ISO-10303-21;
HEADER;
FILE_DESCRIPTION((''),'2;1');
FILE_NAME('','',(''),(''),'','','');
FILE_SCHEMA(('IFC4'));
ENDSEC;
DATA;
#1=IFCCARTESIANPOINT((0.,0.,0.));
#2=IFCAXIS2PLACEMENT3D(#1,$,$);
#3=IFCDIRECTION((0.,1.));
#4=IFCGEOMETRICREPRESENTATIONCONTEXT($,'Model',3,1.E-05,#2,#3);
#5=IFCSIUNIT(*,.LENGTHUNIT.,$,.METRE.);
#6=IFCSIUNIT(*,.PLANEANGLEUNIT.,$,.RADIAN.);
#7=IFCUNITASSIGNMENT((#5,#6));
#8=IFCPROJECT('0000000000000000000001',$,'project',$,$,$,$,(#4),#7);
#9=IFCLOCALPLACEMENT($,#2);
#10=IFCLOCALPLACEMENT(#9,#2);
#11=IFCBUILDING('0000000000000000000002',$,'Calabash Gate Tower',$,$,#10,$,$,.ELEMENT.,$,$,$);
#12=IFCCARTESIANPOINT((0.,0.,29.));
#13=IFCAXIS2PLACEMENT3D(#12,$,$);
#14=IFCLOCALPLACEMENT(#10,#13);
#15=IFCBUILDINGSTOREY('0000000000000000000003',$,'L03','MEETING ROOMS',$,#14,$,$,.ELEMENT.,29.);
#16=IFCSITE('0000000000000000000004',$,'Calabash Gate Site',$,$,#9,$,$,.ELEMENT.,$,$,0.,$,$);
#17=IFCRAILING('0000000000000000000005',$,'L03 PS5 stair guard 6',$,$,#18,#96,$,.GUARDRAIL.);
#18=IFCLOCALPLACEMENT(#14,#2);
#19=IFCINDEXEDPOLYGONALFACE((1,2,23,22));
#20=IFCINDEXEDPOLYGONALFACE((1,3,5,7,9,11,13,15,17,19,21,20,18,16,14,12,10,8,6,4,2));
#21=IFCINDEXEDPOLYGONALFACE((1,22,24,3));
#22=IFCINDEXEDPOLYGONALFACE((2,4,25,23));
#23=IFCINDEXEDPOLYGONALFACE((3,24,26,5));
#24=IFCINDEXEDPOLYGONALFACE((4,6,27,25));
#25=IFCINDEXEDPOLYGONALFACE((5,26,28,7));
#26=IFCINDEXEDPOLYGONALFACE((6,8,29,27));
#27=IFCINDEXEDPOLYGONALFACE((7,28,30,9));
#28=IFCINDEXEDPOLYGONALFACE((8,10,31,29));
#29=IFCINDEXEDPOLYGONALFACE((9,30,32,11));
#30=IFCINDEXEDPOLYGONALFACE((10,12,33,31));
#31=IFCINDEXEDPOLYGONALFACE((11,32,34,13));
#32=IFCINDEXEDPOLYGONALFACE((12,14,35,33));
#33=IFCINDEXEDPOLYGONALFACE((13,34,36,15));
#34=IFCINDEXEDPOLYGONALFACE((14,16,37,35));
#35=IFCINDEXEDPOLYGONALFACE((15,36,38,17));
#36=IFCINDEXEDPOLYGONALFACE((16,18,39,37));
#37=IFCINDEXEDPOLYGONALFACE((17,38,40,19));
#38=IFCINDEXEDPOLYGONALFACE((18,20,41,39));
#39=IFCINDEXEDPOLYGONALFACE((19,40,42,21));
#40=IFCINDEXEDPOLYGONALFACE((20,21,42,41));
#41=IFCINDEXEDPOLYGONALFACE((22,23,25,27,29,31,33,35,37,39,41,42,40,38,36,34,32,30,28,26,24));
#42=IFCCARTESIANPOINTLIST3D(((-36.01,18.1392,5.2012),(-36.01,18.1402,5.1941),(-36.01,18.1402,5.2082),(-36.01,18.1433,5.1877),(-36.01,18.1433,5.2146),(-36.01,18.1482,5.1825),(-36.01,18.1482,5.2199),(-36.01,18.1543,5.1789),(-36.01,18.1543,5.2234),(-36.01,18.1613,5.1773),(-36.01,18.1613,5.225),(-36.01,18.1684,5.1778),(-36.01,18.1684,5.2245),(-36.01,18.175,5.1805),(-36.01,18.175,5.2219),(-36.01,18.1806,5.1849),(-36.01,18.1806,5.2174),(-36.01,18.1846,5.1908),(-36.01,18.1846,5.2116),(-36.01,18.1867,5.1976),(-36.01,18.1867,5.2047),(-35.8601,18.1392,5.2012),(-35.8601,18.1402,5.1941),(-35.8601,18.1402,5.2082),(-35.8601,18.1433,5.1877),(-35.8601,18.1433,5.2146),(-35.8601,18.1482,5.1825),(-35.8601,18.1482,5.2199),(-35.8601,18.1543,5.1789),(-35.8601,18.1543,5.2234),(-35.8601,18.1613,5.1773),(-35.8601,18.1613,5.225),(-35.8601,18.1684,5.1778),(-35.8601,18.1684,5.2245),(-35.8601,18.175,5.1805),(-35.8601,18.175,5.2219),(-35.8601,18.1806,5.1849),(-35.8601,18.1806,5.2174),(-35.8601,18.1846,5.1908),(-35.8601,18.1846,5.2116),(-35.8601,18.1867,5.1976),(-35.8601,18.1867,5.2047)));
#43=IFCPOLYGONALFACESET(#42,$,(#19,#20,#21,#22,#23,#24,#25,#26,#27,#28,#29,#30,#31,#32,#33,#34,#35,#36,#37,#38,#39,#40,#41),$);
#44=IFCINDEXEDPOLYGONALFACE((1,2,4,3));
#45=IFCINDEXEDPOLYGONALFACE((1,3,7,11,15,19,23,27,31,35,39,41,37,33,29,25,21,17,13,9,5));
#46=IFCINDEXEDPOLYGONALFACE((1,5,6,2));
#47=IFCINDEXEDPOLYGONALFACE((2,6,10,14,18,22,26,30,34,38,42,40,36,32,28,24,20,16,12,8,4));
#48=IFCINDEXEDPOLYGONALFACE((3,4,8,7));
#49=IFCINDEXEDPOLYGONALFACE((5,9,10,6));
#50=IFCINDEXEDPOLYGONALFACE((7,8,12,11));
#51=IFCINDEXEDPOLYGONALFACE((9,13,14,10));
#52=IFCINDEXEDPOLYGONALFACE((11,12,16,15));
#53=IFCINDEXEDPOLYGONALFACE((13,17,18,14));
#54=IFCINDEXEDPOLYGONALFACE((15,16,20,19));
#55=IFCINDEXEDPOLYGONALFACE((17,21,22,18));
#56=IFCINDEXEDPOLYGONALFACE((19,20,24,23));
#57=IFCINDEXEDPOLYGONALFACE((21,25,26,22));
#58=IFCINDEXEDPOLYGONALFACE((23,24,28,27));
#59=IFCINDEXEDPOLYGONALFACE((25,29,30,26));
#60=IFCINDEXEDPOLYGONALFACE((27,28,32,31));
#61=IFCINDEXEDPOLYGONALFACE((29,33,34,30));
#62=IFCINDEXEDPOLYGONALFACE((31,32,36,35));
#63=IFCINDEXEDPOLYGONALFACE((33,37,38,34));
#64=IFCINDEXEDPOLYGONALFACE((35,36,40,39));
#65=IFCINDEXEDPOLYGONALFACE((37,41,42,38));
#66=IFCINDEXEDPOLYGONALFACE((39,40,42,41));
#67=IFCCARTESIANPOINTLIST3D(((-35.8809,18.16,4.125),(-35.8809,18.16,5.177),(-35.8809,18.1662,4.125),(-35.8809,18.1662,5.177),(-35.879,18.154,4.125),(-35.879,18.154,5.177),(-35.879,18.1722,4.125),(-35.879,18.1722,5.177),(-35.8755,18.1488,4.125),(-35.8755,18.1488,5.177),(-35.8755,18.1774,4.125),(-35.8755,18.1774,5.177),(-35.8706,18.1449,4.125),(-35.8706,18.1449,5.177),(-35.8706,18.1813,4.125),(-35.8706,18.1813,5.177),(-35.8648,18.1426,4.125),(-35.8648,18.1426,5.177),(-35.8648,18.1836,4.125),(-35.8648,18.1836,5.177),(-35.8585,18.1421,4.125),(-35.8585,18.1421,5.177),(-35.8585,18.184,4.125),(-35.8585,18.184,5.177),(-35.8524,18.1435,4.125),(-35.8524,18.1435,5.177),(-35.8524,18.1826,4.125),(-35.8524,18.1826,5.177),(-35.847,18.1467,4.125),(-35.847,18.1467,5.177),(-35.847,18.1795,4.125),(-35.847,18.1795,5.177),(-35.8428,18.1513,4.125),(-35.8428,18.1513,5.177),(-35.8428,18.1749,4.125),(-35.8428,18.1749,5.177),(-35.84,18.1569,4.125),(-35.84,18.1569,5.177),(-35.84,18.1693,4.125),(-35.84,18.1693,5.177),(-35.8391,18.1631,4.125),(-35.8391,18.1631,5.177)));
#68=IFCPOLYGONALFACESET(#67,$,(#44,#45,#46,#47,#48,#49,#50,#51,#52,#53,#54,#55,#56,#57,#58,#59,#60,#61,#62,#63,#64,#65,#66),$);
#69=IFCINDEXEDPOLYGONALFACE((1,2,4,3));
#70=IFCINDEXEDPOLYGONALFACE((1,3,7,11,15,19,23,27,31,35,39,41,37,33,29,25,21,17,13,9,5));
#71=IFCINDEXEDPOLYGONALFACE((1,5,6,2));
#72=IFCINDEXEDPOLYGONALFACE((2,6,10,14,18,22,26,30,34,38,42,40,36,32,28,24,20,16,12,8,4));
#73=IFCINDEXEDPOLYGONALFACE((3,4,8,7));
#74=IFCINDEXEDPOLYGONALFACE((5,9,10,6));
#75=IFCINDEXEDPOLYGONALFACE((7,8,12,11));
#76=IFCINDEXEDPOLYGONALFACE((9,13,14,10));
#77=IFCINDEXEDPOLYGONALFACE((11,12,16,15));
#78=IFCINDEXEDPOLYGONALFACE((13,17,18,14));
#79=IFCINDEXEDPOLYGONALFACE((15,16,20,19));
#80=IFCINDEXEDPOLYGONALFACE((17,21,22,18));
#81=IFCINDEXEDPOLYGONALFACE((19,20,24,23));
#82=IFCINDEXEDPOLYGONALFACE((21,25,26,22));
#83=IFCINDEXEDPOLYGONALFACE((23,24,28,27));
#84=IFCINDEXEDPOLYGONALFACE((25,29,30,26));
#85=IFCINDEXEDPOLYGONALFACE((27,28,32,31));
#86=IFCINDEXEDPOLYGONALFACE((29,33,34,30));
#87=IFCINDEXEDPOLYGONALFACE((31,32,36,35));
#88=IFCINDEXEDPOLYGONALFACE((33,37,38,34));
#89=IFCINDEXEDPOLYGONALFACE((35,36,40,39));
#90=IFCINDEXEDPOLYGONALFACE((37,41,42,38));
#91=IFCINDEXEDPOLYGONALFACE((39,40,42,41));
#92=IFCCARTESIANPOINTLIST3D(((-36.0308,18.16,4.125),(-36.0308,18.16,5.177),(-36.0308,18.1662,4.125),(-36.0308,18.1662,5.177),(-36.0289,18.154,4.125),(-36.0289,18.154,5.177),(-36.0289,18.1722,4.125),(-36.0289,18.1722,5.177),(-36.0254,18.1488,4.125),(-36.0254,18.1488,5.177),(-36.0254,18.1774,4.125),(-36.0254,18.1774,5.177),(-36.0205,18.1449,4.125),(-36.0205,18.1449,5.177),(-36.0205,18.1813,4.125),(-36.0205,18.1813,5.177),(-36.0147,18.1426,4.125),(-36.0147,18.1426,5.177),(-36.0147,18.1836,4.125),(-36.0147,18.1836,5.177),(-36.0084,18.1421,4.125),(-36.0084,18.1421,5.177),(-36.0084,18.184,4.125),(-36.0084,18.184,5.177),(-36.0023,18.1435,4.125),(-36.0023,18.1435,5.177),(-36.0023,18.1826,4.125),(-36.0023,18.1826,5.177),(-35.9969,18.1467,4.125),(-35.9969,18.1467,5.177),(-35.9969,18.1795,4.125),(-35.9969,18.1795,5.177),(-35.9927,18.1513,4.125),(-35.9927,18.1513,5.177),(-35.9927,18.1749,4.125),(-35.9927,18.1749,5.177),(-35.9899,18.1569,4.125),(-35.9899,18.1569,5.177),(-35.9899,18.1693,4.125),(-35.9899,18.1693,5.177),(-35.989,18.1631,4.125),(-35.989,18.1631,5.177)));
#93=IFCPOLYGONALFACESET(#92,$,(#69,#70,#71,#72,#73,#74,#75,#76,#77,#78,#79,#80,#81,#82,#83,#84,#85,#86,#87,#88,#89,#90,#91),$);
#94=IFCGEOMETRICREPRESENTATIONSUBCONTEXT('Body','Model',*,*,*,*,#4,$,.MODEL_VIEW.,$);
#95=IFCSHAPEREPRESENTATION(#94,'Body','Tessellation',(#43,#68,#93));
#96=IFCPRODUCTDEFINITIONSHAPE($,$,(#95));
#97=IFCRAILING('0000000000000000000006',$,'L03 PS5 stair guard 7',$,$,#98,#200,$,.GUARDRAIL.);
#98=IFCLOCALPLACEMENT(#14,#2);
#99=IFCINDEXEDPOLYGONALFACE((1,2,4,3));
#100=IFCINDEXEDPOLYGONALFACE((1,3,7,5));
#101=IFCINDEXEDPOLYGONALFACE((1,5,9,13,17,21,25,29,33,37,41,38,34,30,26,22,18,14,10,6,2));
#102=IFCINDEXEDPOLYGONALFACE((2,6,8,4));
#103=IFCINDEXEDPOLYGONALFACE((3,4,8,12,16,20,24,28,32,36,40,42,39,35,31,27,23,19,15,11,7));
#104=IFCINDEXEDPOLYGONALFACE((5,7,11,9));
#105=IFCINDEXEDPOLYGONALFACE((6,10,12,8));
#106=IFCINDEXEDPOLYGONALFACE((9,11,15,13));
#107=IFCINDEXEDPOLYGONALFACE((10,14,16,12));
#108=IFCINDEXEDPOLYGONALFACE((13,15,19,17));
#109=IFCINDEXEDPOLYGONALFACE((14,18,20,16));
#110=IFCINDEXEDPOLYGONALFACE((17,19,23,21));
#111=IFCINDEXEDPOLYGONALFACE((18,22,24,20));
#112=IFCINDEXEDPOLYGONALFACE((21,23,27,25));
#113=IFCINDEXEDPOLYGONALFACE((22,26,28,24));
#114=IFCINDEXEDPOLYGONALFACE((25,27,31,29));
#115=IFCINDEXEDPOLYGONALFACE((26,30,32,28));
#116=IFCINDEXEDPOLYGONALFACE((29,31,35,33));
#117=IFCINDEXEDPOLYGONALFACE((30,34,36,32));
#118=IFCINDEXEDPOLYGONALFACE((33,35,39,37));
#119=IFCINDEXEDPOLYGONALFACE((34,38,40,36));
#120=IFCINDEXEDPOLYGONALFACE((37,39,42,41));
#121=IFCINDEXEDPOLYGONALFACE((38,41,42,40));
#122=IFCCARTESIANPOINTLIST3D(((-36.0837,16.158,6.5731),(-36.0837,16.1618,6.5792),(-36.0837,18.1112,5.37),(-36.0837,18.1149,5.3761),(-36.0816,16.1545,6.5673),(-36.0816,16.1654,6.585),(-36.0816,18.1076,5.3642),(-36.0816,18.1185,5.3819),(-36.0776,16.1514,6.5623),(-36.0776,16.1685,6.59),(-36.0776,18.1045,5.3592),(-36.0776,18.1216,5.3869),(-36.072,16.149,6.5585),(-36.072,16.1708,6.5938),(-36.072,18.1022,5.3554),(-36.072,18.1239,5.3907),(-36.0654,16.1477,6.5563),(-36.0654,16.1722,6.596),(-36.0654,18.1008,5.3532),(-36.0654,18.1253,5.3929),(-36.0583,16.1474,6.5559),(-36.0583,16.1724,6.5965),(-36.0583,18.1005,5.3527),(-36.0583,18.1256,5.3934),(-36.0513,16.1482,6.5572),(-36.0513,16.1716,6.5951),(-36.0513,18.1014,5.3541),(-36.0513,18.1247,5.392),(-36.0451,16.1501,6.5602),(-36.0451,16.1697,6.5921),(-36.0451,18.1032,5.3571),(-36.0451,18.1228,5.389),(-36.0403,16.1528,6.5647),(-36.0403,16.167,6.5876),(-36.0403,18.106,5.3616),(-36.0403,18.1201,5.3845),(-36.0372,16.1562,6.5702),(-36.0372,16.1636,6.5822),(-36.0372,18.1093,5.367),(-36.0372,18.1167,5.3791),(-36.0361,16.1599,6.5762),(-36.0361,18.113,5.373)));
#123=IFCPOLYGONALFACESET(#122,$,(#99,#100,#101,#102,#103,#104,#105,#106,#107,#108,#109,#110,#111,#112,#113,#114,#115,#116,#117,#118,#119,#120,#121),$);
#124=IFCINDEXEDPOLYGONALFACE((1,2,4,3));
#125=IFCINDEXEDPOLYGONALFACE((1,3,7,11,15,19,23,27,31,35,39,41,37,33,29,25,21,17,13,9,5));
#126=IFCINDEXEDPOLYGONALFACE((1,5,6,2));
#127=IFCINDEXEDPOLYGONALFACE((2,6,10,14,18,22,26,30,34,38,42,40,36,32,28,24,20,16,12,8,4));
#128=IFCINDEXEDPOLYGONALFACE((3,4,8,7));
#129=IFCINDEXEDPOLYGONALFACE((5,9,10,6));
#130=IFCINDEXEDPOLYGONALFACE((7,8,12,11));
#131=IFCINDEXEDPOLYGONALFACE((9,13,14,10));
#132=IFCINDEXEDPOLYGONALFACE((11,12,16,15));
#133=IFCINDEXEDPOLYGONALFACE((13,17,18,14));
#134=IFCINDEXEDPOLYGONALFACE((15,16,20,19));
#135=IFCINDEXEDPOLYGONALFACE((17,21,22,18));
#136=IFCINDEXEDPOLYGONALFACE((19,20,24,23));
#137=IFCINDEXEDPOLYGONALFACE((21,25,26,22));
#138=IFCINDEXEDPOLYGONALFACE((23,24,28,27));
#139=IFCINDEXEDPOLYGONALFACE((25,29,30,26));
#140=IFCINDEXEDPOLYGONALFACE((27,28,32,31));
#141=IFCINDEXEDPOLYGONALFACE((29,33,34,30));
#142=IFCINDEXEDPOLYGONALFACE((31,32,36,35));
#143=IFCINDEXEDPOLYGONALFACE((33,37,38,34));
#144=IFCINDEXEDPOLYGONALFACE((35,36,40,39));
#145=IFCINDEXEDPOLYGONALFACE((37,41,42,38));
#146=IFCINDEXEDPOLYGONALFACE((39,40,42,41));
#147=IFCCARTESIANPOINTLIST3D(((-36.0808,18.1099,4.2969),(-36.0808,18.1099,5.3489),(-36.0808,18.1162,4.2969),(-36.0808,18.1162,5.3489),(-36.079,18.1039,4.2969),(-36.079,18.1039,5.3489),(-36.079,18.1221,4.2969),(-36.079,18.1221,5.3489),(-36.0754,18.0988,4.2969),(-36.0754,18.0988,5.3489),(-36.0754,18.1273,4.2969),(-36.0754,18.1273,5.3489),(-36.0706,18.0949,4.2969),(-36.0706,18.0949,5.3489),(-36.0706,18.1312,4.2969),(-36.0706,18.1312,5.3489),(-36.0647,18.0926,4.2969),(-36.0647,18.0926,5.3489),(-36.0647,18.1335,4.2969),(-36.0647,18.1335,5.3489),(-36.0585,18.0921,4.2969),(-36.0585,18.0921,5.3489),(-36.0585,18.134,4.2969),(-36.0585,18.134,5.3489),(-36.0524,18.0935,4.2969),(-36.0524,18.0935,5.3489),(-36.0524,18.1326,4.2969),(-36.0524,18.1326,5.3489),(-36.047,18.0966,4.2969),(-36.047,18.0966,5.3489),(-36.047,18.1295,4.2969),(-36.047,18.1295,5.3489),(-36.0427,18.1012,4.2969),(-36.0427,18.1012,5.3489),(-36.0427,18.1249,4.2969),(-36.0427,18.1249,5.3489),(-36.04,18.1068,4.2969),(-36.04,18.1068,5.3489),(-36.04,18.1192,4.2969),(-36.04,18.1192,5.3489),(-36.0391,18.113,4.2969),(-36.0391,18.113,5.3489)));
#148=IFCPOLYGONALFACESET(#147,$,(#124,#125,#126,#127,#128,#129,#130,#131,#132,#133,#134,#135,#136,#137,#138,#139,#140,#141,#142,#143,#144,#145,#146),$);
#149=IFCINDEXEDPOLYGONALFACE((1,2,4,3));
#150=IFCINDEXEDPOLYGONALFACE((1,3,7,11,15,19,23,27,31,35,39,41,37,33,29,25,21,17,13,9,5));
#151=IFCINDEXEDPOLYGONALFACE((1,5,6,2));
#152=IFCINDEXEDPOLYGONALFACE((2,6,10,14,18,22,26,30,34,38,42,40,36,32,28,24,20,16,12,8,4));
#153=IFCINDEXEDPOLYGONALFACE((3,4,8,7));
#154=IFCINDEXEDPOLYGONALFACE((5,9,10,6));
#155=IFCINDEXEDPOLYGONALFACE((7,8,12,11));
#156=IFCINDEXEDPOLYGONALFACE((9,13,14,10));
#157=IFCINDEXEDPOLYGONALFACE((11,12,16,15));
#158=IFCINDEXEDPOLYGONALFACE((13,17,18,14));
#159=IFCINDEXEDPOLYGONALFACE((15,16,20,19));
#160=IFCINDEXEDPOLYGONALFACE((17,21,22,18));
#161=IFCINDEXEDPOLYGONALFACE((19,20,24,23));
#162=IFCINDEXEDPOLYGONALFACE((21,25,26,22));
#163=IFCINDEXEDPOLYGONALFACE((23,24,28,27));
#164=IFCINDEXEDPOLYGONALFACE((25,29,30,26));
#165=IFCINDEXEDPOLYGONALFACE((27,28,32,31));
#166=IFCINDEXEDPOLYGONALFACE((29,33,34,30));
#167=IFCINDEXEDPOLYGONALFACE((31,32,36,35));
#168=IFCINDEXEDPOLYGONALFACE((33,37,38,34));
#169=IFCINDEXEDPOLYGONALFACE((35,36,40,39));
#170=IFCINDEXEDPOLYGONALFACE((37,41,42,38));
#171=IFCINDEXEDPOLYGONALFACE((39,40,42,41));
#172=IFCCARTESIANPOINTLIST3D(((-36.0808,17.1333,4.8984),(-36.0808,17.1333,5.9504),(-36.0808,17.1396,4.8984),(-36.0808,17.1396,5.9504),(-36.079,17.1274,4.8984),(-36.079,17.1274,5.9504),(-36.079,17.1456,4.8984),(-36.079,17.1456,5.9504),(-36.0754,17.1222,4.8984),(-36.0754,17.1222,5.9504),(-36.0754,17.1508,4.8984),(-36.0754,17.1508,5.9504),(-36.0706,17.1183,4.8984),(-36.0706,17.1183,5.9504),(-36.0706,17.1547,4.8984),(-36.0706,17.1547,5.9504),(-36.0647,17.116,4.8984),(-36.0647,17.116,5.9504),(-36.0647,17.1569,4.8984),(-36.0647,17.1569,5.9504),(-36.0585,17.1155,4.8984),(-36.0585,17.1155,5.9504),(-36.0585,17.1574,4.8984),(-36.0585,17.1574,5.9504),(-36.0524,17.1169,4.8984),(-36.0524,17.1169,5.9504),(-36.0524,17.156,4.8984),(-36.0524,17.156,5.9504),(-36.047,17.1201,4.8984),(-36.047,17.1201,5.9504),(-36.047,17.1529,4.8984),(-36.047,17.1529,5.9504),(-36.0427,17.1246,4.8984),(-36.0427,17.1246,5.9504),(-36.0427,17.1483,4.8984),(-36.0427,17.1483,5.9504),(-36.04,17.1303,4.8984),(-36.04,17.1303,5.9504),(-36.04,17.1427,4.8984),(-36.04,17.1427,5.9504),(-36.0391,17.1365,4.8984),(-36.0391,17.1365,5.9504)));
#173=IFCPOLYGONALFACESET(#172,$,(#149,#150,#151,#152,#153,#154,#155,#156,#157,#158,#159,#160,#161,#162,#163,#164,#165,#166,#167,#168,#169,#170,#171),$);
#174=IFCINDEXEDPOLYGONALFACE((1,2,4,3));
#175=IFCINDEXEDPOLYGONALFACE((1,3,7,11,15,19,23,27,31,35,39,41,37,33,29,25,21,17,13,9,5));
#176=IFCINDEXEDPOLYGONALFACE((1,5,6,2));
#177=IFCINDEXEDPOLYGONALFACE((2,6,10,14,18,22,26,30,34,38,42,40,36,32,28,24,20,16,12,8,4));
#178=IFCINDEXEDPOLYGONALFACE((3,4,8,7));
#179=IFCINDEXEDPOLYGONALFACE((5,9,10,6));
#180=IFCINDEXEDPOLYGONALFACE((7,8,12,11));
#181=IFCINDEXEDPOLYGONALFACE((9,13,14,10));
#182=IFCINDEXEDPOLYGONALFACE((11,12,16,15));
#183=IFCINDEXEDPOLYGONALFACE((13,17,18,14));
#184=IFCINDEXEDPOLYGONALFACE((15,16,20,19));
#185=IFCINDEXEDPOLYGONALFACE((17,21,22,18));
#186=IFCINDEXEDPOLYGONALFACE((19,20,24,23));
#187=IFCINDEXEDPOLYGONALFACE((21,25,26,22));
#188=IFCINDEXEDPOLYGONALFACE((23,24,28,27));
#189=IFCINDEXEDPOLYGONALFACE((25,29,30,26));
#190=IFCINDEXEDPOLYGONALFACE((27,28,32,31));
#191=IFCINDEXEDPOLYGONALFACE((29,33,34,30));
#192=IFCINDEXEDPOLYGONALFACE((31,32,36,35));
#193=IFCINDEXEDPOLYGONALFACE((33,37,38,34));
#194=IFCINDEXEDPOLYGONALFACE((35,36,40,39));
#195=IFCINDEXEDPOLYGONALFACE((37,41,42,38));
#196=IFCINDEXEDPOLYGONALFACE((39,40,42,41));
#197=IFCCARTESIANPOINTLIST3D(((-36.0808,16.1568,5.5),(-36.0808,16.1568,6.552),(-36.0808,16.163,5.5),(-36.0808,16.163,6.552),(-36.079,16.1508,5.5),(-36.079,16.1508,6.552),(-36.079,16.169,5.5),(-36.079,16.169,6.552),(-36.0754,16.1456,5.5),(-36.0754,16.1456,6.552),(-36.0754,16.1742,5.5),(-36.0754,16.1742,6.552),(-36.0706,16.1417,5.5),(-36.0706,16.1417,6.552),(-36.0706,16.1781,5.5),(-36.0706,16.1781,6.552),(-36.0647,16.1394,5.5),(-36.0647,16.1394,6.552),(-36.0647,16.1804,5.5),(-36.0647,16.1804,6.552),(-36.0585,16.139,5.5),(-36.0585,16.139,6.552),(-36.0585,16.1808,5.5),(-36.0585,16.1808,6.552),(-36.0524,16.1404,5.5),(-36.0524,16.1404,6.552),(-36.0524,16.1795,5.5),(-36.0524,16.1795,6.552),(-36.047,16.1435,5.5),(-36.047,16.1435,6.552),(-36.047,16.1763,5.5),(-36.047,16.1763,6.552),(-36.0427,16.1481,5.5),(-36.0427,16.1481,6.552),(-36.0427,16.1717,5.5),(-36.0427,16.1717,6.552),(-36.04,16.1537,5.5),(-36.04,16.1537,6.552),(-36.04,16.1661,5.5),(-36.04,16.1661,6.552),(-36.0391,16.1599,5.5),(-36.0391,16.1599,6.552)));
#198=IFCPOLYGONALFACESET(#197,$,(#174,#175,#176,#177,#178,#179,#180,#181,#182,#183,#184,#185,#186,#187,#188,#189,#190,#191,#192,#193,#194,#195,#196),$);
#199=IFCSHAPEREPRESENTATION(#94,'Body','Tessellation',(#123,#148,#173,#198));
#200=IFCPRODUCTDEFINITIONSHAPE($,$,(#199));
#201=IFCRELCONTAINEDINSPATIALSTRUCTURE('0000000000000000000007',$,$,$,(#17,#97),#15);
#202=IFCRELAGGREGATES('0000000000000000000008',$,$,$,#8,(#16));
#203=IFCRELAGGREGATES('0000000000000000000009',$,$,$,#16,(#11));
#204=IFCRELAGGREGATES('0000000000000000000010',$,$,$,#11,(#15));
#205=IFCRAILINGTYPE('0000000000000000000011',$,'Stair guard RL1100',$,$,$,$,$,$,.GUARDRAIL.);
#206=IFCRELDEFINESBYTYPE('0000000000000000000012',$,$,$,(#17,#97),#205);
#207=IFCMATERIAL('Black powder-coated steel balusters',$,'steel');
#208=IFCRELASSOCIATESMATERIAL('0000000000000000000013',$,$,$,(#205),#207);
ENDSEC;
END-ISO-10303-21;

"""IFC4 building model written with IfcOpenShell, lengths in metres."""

from ifc_helpers import new_model, si_unit, direction, frame, origin, origin_2d, place, context, subcontext, project, spatial, circle, extrude, material, type_object, element, save


model = new_model("IFC4")

# Units and contexts
model_context = context("Model", 3, precision=1e-05, world=origin(), true_north=direction((0.0, 1.0)))
body_context = subcontext(model_context, "Body", "Model", "MODEL_VIEW")
ifc_project = project(units=[si_unit("LENGTHUNIT", "METRE"), si_unit("PLANEANGLEUNIT", "RADIAN")], contexts=[model_context])

# Site, building, storey
site_placement = place(None, origin())
site = spatial("IfcSite", under=ifc_project, at=site_placement, Name="Calabash Gate Site", CompositionType="ELEMENT", RefElevation=0.0)
building_placement = place(site_placement, origin())
building = spatial("IfcBuilding", under=site, at=building_placement, Name="Calabash Gate Tower", CompositionType="ELEMENT")
storey_placement = place(building_placement, frame((0.0, 0.0, 29.0)))
storey = spatial("IfcBuildingStorey", under=building, at=storey_placement, Name="L03", Description="MEETING ROOMS", CompositionType="ELEMENT", Elevation=29.0)

# Railings
ifc_material_1 = material(Name="Black powder-coated steel balusters", Category="steel")
railing_type_1 = type_object("IfcRailingType", Name="Stair guard RL1100", PredefinedType="GUARDRAIL", material=ifc_material_1)
for number, where, name in (
    (1, (-35.8601, 18.1631, 4.125), "L03 PS5 stair guard 6"),
):
    element("IfcRailing", number, at=place(storey_placement, frame(where)), inside=storey, type_object=railing_type_1, Name=name, PredefinedType="GUARDRAIL", context=body_context, shape_type="SweptSolid", body=[
        extrude(circle(Radius=0.0239, at=origin_2d()), frame((0.0, 0.0, 1.0762), z_axis=(-1.0, 0.0, 0.0), x_axis=(0.0, -1.0, 0.0)), (0.0, 0.0, 1.0), 0.1499),
        extrude(circle(Radius=0.021, at=origin_2d()), origin(), (0.0, 0.0, 1.0), 1.052),
        extrude(circle(Radius=0.021, at=origin_2d()), frame((-0.1499, 0.0, 0.0)), (0.0, 0.0, 1.0), 1.052),
    ])
railing_1_placement = place(storey_placement, frame((-36.0601, 18.113, 4.2969)))
element("IfcRailing", 2, at=railing_1_placement, inside=storey, type_object=railing_type_1, Name="L03 PS5 stair guard 7", PredefinedType="GUARDRAIL", context=body_context, shape_type="SweptSolid", body=[
    extrude(circle(Radius=0.0239, at=origin_2d()), frame((0.0, 0.0, 1.0762), z_axis=(0.0, -0.851424, 0.524477), x_axis=(1.0, 0.0, 0.0)), (0.0, 0.0, 1.0), 2.2939),
    extrude(circle(Radius=0.021, at=origin_2d()), origin(), (0.0, 0.0, 1.0), 1.052),
    extrude(circle(Radius=0.021, at=origin_2d()), frame((0.0, -0.9766, 0.6016)), (0.0, 0.0, 1.0), 1.052),
    extrude(circle(Radius=0.021, at=origin_2d()), frame((0.0, -1.9531, 1.2031)), (0.0, 0.0, 1.0), 1.052),
])

save(model, "model.ifc")
